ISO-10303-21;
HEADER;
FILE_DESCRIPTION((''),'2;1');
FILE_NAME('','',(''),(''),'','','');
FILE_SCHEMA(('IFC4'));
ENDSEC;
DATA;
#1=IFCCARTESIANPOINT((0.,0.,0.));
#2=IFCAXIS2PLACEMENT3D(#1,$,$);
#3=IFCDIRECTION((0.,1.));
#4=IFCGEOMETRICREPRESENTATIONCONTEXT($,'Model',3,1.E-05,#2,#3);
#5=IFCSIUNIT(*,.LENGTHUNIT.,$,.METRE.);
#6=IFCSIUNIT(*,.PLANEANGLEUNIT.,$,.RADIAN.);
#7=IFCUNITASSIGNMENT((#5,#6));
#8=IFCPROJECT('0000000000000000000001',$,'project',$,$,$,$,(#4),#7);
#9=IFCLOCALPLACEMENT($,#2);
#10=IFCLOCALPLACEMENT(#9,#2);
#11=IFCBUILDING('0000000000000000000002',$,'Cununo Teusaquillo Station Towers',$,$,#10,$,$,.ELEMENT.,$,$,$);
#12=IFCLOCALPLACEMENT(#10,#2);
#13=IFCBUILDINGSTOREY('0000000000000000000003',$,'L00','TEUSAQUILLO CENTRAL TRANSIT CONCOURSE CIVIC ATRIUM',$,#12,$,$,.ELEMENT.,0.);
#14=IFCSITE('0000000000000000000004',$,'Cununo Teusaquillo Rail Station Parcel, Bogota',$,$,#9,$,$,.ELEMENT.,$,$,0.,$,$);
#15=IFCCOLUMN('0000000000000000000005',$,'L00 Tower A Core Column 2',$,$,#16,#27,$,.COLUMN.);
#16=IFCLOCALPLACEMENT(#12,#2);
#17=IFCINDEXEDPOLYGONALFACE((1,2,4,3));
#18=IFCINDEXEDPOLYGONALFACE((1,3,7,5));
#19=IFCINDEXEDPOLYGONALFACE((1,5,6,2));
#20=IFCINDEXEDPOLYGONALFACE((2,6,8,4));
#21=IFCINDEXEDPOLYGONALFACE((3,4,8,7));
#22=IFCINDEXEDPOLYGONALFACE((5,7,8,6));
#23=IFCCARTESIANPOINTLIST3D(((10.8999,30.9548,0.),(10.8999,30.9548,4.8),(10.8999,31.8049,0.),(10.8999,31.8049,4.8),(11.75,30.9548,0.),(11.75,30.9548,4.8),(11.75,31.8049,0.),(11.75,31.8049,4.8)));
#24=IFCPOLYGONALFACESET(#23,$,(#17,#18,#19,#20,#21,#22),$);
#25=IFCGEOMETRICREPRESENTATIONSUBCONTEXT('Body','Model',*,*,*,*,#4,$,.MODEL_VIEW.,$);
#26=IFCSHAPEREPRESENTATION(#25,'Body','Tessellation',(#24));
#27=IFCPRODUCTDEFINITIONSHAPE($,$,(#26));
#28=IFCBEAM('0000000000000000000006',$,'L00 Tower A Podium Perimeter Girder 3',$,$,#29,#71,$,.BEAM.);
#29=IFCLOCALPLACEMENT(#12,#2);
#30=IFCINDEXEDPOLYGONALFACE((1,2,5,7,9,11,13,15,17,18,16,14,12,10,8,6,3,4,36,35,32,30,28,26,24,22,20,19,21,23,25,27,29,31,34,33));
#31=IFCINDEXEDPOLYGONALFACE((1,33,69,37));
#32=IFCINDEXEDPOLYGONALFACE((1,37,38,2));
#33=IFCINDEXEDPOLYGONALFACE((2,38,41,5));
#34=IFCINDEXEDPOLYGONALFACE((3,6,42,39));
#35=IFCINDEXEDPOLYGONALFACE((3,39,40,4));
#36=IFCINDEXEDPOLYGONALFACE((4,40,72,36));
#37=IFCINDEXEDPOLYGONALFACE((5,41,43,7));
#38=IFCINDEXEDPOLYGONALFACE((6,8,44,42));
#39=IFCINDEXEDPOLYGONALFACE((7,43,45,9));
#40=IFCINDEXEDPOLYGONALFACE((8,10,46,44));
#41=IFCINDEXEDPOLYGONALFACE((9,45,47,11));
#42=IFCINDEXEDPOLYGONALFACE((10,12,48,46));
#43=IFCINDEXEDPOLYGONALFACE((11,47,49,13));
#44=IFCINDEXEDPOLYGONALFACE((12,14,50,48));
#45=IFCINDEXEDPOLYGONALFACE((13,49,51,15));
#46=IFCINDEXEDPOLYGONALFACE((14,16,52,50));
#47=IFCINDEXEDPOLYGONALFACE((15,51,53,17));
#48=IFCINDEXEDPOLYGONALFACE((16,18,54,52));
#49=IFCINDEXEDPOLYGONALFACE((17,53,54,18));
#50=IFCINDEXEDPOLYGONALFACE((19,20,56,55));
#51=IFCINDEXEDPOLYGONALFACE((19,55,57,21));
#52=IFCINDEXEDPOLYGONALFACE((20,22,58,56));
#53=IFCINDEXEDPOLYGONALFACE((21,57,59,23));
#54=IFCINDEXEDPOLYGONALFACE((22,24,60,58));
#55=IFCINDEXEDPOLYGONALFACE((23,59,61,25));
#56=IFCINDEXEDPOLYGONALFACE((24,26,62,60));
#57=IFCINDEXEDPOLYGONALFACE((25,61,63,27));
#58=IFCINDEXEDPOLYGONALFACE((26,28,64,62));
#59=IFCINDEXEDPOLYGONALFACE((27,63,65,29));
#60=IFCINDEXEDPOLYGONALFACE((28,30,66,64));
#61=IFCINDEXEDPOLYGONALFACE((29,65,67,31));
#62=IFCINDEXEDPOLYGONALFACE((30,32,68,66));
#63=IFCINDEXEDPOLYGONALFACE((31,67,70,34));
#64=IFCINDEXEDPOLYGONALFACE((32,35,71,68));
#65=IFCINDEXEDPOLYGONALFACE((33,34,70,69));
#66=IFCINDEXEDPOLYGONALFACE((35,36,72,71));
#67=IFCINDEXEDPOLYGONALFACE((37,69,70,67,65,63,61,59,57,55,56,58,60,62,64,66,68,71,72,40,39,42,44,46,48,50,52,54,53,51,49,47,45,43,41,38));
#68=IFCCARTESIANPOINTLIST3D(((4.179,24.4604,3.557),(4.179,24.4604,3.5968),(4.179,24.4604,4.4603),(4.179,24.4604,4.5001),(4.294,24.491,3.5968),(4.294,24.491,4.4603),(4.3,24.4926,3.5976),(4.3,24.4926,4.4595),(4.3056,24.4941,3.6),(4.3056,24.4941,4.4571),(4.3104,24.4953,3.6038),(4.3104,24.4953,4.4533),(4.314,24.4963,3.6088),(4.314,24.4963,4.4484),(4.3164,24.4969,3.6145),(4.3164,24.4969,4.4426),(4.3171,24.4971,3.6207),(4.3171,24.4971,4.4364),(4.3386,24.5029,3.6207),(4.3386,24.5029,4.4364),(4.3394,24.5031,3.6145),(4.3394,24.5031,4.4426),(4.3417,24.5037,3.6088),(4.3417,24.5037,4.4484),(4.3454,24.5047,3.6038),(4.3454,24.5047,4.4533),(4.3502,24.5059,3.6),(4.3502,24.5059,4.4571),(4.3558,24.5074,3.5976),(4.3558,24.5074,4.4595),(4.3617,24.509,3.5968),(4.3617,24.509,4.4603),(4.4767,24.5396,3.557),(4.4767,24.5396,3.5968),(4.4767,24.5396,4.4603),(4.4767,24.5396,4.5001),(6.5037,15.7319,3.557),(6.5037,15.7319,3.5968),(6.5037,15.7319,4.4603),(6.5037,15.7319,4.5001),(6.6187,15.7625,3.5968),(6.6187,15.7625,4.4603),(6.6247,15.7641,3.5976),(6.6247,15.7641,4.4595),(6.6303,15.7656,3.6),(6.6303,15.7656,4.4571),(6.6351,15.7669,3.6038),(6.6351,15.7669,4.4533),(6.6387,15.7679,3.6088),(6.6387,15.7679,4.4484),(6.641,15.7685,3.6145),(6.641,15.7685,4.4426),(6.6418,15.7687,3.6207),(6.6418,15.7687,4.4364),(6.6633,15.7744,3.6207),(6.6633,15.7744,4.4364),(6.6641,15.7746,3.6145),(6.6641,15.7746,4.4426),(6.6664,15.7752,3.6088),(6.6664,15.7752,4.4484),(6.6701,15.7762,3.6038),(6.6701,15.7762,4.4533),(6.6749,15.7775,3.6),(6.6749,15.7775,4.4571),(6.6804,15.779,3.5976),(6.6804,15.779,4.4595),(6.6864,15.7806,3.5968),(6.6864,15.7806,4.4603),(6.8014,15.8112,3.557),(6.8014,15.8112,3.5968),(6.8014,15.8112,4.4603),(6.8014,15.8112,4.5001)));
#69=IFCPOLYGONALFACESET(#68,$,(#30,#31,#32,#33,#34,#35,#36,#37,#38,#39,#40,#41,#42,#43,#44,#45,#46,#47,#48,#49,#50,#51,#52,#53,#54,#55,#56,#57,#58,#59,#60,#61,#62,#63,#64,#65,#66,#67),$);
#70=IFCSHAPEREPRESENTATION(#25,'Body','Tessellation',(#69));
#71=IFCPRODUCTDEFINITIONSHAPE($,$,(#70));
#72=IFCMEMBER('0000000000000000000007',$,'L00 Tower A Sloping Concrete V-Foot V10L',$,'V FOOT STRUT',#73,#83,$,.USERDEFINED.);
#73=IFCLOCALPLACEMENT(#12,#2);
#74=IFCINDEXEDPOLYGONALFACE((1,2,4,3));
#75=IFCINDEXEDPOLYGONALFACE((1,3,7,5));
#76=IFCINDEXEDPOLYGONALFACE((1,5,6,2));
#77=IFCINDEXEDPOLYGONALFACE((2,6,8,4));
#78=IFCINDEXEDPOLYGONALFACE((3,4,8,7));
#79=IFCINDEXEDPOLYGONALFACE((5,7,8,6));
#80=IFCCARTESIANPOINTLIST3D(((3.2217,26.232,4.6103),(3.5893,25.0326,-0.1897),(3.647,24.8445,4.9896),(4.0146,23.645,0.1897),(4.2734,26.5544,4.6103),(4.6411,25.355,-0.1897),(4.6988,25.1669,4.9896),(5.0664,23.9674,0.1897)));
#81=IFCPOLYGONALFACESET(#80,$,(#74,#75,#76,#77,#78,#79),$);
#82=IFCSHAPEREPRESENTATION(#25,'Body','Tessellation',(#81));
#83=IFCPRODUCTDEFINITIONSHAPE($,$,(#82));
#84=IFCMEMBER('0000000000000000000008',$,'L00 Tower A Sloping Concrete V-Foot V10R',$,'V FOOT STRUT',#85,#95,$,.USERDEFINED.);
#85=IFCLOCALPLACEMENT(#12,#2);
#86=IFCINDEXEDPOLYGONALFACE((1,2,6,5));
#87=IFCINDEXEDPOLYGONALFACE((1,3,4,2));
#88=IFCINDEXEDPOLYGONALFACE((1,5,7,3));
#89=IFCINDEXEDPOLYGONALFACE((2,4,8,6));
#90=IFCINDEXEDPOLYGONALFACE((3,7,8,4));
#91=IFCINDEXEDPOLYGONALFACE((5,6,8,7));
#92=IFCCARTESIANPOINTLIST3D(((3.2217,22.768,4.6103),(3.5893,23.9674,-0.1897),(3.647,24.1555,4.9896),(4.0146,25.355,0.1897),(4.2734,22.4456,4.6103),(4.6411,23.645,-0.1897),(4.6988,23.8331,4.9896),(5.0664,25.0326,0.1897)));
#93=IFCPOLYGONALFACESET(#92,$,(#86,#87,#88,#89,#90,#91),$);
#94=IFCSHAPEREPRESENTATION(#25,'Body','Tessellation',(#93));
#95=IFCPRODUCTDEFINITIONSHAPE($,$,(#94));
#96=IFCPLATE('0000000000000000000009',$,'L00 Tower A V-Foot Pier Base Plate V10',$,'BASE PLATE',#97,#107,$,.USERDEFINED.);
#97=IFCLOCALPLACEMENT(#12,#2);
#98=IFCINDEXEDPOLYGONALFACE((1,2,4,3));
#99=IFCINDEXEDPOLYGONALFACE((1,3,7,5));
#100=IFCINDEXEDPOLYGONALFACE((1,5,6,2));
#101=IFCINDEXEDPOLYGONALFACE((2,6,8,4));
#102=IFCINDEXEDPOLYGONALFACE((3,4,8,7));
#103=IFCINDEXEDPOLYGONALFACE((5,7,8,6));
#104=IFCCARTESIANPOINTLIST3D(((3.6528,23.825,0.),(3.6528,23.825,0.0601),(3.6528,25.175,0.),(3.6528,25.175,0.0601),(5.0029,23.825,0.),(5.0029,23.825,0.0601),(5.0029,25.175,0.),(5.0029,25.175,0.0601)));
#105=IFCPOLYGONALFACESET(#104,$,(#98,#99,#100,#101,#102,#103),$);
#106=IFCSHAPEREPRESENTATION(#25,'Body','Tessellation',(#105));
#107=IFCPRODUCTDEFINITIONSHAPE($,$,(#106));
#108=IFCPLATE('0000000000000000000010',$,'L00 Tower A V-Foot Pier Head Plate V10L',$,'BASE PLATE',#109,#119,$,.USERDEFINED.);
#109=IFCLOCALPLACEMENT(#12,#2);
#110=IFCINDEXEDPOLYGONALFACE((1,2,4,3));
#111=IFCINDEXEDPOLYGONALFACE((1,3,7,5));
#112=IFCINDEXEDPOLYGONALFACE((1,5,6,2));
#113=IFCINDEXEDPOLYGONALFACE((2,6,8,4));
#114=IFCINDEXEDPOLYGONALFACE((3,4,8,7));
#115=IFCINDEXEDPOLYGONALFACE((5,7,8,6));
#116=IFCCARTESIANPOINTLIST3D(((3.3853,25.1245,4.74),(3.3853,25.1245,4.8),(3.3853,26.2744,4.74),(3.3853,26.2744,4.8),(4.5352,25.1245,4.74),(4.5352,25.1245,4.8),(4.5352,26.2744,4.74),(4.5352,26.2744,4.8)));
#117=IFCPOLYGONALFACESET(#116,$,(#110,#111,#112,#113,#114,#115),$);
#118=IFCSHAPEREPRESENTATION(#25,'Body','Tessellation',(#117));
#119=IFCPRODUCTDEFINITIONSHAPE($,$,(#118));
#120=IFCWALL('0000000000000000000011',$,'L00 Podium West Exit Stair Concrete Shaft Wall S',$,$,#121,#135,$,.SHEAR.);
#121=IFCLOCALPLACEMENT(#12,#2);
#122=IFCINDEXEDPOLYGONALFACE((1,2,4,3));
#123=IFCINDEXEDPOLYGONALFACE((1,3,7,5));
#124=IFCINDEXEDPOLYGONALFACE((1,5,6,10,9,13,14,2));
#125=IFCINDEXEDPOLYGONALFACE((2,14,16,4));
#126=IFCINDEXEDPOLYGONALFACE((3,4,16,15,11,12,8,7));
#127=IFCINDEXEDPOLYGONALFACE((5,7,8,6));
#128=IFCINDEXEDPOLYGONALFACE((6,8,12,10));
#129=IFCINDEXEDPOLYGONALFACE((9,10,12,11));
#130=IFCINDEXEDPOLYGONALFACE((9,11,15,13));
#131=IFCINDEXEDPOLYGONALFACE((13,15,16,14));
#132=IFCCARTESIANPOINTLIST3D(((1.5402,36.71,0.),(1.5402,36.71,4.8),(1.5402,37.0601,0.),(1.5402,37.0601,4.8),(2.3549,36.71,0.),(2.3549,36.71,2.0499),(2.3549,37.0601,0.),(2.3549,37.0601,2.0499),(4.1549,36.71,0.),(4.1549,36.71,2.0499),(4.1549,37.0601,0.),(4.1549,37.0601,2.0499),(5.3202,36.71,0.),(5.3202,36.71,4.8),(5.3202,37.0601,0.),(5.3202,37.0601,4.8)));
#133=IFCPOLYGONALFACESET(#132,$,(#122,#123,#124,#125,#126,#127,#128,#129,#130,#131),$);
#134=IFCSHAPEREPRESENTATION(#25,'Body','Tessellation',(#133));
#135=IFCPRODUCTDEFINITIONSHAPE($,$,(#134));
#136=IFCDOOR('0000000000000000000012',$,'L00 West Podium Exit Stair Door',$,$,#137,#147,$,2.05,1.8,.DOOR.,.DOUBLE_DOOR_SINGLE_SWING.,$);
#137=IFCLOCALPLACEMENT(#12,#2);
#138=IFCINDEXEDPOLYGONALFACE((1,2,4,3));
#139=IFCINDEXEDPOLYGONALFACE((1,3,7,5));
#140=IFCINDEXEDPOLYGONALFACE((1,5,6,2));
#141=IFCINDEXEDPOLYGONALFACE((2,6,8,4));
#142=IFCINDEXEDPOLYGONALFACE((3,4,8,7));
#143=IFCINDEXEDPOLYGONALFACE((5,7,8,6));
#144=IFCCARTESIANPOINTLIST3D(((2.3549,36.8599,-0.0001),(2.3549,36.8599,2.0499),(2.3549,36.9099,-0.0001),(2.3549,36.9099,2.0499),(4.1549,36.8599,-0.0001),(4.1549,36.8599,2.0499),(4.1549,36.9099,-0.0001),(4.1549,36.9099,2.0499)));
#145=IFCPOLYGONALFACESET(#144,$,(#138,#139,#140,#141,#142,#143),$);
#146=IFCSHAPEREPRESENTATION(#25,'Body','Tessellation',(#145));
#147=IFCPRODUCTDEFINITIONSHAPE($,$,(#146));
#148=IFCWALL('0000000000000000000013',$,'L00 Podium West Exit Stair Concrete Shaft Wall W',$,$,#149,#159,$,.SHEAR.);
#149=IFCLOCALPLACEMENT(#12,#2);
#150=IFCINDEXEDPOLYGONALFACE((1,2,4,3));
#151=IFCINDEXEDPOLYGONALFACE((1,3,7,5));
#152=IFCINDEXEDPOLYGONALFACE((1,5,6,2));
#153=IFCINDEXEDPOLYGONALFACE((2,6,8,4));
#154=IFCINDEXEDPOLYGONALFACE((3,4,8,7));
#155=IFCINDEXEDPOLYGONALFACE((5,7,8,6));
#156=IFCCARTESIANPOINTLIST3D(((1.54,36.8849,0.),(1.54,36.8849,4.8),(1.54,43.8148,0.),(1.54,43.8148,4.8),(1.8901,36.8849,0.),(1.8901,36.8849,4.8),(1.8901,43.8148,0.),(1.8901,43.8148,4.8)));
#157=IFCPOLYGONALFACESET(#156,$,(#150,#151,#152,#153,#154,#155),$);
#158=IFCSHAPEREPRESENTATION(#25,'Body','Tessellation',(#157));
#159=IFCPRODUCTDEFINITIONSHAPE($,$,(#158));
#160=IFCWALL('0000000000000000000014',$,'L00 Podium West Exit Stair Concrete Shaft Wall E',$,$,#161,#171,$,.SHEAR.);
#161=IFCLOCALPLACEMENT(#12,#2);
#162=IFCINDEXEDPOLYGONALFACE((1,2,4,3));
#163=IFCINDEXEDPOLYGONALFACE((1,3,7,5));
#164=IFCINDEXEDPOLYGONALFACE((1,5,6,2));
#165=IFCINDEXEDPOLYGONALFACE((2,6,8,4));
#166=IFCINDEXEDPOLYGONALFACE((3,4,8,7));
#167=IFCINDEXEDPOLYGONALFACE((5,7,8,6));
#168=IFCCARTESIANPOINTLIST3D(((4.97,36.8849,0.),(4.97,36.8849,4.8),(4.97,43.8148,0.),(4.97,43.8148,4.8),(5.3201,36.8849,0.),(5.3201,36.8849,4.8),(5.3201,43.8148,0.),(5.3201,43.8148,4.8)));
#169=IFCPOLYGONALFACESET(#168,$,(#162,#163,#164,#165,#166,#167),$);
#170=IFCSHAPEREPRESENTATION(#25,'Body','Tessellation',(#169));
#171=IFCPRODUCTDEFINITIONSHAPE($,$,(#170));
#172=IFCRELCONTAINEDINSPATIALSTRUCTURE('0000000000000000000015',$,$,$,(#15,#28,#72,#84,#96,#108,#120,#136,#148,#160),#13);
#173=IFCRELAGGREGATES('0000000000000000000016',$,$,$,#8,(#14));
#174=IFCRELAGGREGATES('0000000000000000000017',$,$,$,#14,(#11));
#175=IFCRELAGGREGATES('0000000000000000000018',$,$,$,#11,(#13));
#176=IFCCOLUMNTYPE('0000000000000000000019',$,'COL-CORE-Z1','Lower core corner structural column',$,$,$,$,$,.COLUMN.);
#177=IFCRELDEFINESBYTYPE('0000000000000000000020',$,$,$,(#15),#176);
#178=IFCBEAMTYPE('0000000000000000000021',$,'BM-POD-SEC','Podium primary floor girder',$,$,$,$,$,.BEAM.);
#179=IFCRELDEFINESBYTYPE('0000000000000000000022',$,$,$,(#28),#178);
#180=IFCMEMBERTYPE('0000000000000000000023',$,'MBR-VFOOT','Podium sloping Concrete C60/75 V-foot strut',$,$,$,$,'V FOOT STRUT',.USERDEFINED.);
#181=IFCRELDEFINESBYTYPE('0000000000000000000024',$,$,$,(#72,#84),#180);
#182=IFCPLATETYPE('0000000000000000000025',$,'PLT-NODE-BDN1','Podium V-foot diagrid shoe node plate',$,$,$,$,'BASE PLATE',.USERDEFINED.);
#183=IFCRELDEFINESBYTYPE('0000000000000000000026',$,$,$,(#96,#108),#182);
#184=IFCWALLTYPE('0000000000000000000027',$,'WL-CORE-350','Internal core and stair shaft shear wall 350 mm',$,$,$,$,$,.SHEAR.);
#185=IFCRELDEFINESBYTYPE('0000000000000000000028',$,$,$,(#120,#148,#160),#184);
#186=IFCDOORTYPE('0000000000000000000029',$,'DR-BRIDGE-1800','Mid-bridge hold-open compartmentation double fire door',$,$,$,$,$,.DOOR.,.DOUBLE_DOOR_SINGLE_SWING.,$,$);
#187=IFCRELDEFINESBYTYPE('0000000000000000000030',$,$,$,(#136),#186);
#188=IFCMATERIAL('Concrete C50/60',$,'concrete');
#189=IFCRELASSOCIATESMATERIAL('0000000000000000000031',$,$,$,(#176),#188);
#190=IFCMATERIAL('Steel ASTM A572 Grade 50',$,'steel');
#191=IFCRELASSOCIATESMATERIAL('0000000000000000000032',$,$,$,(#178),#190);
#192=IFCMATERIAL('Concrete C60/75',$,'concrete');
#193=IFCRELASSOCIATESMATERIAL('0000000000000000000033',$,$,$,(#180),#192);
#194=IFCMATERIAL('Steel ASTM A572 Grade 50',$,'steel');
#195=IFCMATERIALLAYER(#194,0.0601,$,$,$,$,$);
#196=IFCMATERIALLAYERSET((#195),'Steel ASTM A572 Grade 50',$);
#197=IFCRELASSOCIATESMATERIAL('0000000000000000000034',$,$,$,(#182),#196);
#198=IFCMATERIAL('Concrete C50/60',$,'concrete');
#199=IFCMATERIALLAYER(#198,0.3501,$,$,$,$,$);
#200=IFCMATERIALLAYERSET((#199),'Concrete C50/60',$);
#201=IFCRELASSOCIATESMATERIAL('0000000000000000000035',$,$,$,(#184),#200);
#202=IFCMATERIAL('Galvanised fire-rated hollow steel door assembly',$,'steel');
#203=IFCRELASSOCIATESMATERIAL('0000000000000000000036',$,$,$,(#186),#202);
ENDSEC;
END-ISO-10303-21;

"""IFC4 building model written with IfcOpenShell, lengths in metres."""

from ifc_helpers import new_model, si_unit, direction, frame, frame_2d, origin, origin_2d, place, context, subcontext, project, spatial, rectangle, i_section, extrude, source, transform, mapped, material, layer, layer_set, material_profile, profile_set, type_object, element, fill, save


model = new_model("IFC4")

# Units and contexts
model_context = context("Model", 3, precision=1e-05, world=origin(), true_north=direction((0.0, 1.0)))
body_context = subcontext(model_context, "Body", "Model", "MODEL_VIEW")
ifc_project = project(units=[si_unit("LENGTHUNIT", "METRE"), si_unit("PLANEANGLEUNIT", "RADIAN")], contexts=[model_context])

# Site, building, storey
site_placement = place(None, origin())
site = spatial("IfcSite", under=ifc_project, at=site_placement, Name="Cununo Teusaquillo Rail Station Parcel, Bogota", CompositionType="ELEMENT", RefElevation=0.0)
building_placement = place(site_placement, origin())
building = spatial("IfcBuilding", under=site, at=building_placement, Name="Cununo Teusaquillo Station Towers", CompositionType="ELEMENT")
storey_placement = place(building_placement, origin())
storey = spatial("IfcBuildingStorey", under=building, at=storey_placement, Name="L00", Description="TEUSAQUILLO CENTRAL TRANSIT CONCOURSE CIVIC ATRIUM", CompositionType="ELEMENT", Elevation=0.0)

# Column
ifc_material_1 = material(Name="Concrete C50/60", Category="concrete")
ifc_material_profile_1 = material_profile(ifc_material_1, rectangle(XDim=0.8501, YDim=0.8501, at=origin_2d()), Name="RC-RECT-850x850")
ifc_profile_set_1 = profile_set([ifc_material_profile_1], Name="Concrete C50/60")
column_type = type_object("IfcColumnType", Name="COL-CORE-Z1", Description="Lower core corner structural column", PredefinedType="COLUMN", material=ifc_profile_set_1)
column_placement = place(storey_placement, frame((11.325, 31.3799, 0.0), z_axis=(0.0, 0.0, 1.0), x_axis=(1.0, 0.0, 0.0)))
element("IfcColumn", 1, at=column_placement, inside=storey, type_object=column_type, Name="L00 Tower A Core Column 2", PredefinedType="COLUMN", context=body_context, shape_type="SweptSolid", body=[
    extrude(rectangle(XDim=0.8501, YDim=0.8501, at=origin_2d()), origin(), (0.0, 0.0, 1.0), 4.8),
])

# Beam
ifc_material_2 = material(Name="Steel ASTM A572 Grade 50", Category="steel")
ifc_material_profile_2 = material_profile(ifc_material_2, i_section(OverallWidth=0.3081, OverallDepth=0.9431, WebThickness=0.0222, FlangeThickness=0.0398, FilletRadius=0.0239, at=origin_2d()), Name="W36X232")
ifc_profile_set_2 = profile_set([ifc_material_profile_2], Name="Steel ASTM A572 Grade 50")
beam_type = type_object("IfcBeamType", Name="BM-POD-SEC", Description="Podium primary floor girder", PredefinedType="BEAM", material=ifc_profile_set_2)
beam_placement = place(storey_placement, frame((4.3279, 24.5, 4.0286), z_axis=(0.257363, -0.966315, 0.0), x_axis=(0.966315, 0.257363, 0.0)))
element("IfcBeam", 2, at=beam_placement, inside=storey, type_object=beam_type, Name="L00 Tower A Podium Perimeter Girder 3", PredefinedType="BEAM", context=body_context, shape_type="SweptSolid", body=[
    extrude(i_section(OverallWidth=0.3081, OverallDepth=0.9431, WebThickness=0.0222, FlangeThickness=0.0398, FilletRadius=0.0239, at=origin_2d()), origin(), (0.0, 0.0, 1.0), 9.0327),
])

# Members
ifc_material_3 = material(Name="Concrete C60/75", Category="concrete")
ifc_material_profile_3 = material_profile(ifc_material_3, rectangle(XDim=1.1001, YDim=1.5, at=origin_2d()), Name="RC-RECT-1500x1100")
ifc_profile_set_3 = profile_set([ifc_material_profile_3], Name="Concrete C60/75")
member_type = type_object("IfcMemberType", Name="MBR-VFOOT", Description="Podium sloping Concrete C60/75 V-foot strut", ElementType="V FOOT STRUT", PredefinedType="USERDEFINED", material=ifc_profile_set_3)
for number, where, z_axis, x_axis, name in (
    (3, (4.3279, 24.5, 0.0), (-0.074109, 0.241764, 0.967501), (-0.95609, -0.293074, 0.0), "L00 Tower A Sloping Concrete V-Foot V10L"),
    (4, (4.3279, 24.5, 0.0), (-0.074109, -0.241764, 0.967501), (0.95609, -0.293074, 0.0), "L00 Tower A Sloping Concrete V-Foot V10R"),
):
    element("IfcMember", number, at=place(storey_placement, frame(where, z_axis=z_axis, x_axis=x_axis)), inside=storey, type_object=member_type, Name=name, ObjectType="V FOOT STRUT", PredefinedType="USERDEFINED", context=body_context, shape_type="SweptSolid", body=[
        extrude(rectangle(XDim=1.1001, YDim=1.5, at=origin_2d()), origin(), (0.0, 0.0, 1.0), 4.9612),
    ])

# Plates
ifc_material_4 = material(Name="Steel ASTM A572 Grade 50", Category="steel")
ifc_layer_1 = layer(ifc_material_4, 0.0601)
ifc_layer_set_1 = layer_set([ifc_layer_1], Name="Steel ASTM A572 Grade 50")
plate_type = type_object("IfcPlateType", Name="PLT-NODE-BDN1", Description="Podium V-foot diagrid shoe node plate", ElementType="BASE PLATE", PredefinedType="USERDEFINED", material=ifc_layer_set_1)
shared_shape_1 = source(origin(), body_context, "Body", "SweptSolid", [
    extrude(rectangle(XDim=1.3501, YDim=1.3501, at=origin_2d()), origin(), (0.0, 0.0, 1.0), 0.0601),
])
plate_1_placement = place(storey_placement, frame((4.3279, 24.5, 0.0), z_axis=(0.0, 0.0, 1.0), x_axis=(1.0, 0.0, 0.0)))
element("IfcPlate", 5, at=plate_1_placement, inside=storey, type_object=plate_type, Name="L00 Tower A V-Foot Pier Base Plate V10", ObjectType="BASE PLATE", PredefinedType="USERDEFINED", context=body_context, shape_type="MappedRepresentation", body=[
    mapped(shared_shape_1, transform((0.0, 0.0, 0.0), x_axis=(1.0, 0.0, 0.0), y_axis=(0.0, 1.0, 0.0), z_axis=(0.0, 0.0, 1.0), scale=1.0)),
])
shared_shape_2 = source(origin(), body_context, "Body", "SweptSolid", [
    extrude(rectangle(XDim=1.1499, YDim=1.1499, at=origin_2d()), origin(), (0.0, 0.0, 1.0), 0.0601),
])
plate_2_placement = place(storey_placement, frame((3.9602, 25.6995, 4.74), z_axis=(0.0, 0.0, 1.0), x_axis=(1.0, 0.0, 0.0)))
element("IfcPlate", 6, at=plate_2_placement, inside=storey, type_object=plate_type, Name="L00 Tower A V-Foot Pier Head Plate V10L", ObjectType="BASE PLATE", PredefinedType="USERDEFINED", context=body_context, shape_type="MappedRepresentation", body=[
    mapped(shared_shape_2, transform((0.0, 0.0, 0.0), x_axis=(1.0, 0.0, 0.0), y_axis=(0.0, 1.0, 0.0), z_axis=(0.0, 0.0, 1.0), scale=1.0)),
])

# Wall, opening, door
ifc_material_5 = material(Name="Concrete C50/60", Category="concrete")
ifc_layer_2 = layer(ifc_material_5, 0.3501)
ifc_layer_set_2 = layer_set([ifc_layer_2], Name="Concrete C50/60")
wall_type_1 = type_object("IfcWallType", Name="WL-CORE-350", Description="Internal core and stair shaft shear wall 350 mm", PredefinedType="SHEAR", material=ifc_layer_set_2)
wall_1_placement = place(storey_placement, frame((1.54, 36.885, 0.0), z_axis=(0.0, 0.0, 1.0), x_axis=(1.0, 0.0, 0.0)))
wall_1 = element("IfcWall", 7, at=wall_1_placement, inside=storey, type_object=wall_type_1, Name="L00 Podium West Exit Stair Concrete Shaft Wall S", PredefinedType="SHEAR", context=body_context, shape_type="SweptSolid", body=[
    extrude(rectangle(XDim=3.78, YDim=0.3501, at=frame_2d((1.8901, 0.0))), origin(), (0.0, 0.0, 1.0), 4.8),
])
shared_shape_3 = source(origin(), body_context, "Body", "SweptSolid", [
    extrude(rectangle(XDim=1.8, YDim=2.05, at=frame_2d((0.8999, 1.0249))), frame((0.0, 0.1851, 0.0), z_axis=(0.0, -1.0, 0.0), x_axis=(1.0, 0.0, 0.0)), (0.0, 0.0, 1.0), 0.3701),
])
opening_1_placement = place(wall_1_placement, frame((0.8149, 0.0, 0.0)))
opening_1 = element("IfcOpeningElement", 8, at=opening_1_placement, cuts=wall_1, PredefinedType="OPENING", context=body_context, shape_type="MappedRepresentation", body=[
    mapped(shared_shape_3, transform((0.0, 0.0, 0.0), x_axis=(1.0, 0.0, 0.0), y_axis=(0.0, 1.0, 0.0), z_axis=(0.0, 0.0, 1.0), scale=1.0)),
])
ifc_material_6 = material(Name="Galvanised fire-rated hollow steel door assembly", Category="steel")
door_type_1 = type_object("IfcDoorType", Name="DR-BRIDGE-1800", Description="Mid-bridge hold-open compartmentation double fire door", OperationType="DOUBLE_DOOR_SINGLE_SWING", PredefinedType="DOOR", material=ifc_material_6)
shared_shape_4 = source(origin(), body_context, "Body", "SweptSolid", [
    extrude(rectangle(XDim=1.8, YDim=2.05, at=frame_2d((0.8999, 1.0249))), frame((0.0, 0.0249, 0.0), z_axis=(0.0, -1.0, 0.0), x_axis=(1.0, 0.0, 0.0)), (0.0, 0.0, 1.0), 0.05),
])
door_1_placement = place(opening_1_placement, origin())
door_1 = element("IfcDoor", 9, at=door_1_placement, inside=storey, type_object=door_type_1, Name="L00 West Podium Exit Stair Door", OperationType="DOUBLE_DOOR_SINGLE_SWING", OverallHeight=2.05, OverallWidth=1.8, PredefinedType="DOOR", context=body_context, shape_type="MappedRepresentation", body=[
    mapped(shared_shape_4, transform((0.0, 0.0, 0.0), x_axis=(1.0, 0.0, 0.0), y_axis=(0.0, 1.0, 0.0), z_axis=(0.0, 0.0, 1.0), scale=1.0)),
])
fill(opening_1, door_1)

# Walls
for number, where, z_axis, x_axis, name in (
    (10, (1.7151, 36.885, 0.0), (0.0, 0.0, 1.0), (0.0, 1.0, 0.0), "L00 Podium West Exit Stair Concrete Shaft Wall W"),
    (11, (5.145, 36.885, 0.0), (0.0, 0.0, 1.0), (0.0, 1.0, 0.0), "L00 Podium West Exit Stair Concrete Shaft Wall E"),
):
    element("IfcWall", number, at=place(storey_placement, frame(where, z_axis=z_axis, x_axis=x_axis)), inside=storey, type_object=wall_type_1, Name=name, PredefinedType="SHEAR", context=body_context, shape_type="SweptSolid", body=[
        extrude(rectangle(XDim=6.9299, YDim=0.3501, at=frame_2d((3.4648, 0.0))), origin(), (0.0, 0.0, 1.0), 4.8),
    ])

save(model, "model.ifc")
